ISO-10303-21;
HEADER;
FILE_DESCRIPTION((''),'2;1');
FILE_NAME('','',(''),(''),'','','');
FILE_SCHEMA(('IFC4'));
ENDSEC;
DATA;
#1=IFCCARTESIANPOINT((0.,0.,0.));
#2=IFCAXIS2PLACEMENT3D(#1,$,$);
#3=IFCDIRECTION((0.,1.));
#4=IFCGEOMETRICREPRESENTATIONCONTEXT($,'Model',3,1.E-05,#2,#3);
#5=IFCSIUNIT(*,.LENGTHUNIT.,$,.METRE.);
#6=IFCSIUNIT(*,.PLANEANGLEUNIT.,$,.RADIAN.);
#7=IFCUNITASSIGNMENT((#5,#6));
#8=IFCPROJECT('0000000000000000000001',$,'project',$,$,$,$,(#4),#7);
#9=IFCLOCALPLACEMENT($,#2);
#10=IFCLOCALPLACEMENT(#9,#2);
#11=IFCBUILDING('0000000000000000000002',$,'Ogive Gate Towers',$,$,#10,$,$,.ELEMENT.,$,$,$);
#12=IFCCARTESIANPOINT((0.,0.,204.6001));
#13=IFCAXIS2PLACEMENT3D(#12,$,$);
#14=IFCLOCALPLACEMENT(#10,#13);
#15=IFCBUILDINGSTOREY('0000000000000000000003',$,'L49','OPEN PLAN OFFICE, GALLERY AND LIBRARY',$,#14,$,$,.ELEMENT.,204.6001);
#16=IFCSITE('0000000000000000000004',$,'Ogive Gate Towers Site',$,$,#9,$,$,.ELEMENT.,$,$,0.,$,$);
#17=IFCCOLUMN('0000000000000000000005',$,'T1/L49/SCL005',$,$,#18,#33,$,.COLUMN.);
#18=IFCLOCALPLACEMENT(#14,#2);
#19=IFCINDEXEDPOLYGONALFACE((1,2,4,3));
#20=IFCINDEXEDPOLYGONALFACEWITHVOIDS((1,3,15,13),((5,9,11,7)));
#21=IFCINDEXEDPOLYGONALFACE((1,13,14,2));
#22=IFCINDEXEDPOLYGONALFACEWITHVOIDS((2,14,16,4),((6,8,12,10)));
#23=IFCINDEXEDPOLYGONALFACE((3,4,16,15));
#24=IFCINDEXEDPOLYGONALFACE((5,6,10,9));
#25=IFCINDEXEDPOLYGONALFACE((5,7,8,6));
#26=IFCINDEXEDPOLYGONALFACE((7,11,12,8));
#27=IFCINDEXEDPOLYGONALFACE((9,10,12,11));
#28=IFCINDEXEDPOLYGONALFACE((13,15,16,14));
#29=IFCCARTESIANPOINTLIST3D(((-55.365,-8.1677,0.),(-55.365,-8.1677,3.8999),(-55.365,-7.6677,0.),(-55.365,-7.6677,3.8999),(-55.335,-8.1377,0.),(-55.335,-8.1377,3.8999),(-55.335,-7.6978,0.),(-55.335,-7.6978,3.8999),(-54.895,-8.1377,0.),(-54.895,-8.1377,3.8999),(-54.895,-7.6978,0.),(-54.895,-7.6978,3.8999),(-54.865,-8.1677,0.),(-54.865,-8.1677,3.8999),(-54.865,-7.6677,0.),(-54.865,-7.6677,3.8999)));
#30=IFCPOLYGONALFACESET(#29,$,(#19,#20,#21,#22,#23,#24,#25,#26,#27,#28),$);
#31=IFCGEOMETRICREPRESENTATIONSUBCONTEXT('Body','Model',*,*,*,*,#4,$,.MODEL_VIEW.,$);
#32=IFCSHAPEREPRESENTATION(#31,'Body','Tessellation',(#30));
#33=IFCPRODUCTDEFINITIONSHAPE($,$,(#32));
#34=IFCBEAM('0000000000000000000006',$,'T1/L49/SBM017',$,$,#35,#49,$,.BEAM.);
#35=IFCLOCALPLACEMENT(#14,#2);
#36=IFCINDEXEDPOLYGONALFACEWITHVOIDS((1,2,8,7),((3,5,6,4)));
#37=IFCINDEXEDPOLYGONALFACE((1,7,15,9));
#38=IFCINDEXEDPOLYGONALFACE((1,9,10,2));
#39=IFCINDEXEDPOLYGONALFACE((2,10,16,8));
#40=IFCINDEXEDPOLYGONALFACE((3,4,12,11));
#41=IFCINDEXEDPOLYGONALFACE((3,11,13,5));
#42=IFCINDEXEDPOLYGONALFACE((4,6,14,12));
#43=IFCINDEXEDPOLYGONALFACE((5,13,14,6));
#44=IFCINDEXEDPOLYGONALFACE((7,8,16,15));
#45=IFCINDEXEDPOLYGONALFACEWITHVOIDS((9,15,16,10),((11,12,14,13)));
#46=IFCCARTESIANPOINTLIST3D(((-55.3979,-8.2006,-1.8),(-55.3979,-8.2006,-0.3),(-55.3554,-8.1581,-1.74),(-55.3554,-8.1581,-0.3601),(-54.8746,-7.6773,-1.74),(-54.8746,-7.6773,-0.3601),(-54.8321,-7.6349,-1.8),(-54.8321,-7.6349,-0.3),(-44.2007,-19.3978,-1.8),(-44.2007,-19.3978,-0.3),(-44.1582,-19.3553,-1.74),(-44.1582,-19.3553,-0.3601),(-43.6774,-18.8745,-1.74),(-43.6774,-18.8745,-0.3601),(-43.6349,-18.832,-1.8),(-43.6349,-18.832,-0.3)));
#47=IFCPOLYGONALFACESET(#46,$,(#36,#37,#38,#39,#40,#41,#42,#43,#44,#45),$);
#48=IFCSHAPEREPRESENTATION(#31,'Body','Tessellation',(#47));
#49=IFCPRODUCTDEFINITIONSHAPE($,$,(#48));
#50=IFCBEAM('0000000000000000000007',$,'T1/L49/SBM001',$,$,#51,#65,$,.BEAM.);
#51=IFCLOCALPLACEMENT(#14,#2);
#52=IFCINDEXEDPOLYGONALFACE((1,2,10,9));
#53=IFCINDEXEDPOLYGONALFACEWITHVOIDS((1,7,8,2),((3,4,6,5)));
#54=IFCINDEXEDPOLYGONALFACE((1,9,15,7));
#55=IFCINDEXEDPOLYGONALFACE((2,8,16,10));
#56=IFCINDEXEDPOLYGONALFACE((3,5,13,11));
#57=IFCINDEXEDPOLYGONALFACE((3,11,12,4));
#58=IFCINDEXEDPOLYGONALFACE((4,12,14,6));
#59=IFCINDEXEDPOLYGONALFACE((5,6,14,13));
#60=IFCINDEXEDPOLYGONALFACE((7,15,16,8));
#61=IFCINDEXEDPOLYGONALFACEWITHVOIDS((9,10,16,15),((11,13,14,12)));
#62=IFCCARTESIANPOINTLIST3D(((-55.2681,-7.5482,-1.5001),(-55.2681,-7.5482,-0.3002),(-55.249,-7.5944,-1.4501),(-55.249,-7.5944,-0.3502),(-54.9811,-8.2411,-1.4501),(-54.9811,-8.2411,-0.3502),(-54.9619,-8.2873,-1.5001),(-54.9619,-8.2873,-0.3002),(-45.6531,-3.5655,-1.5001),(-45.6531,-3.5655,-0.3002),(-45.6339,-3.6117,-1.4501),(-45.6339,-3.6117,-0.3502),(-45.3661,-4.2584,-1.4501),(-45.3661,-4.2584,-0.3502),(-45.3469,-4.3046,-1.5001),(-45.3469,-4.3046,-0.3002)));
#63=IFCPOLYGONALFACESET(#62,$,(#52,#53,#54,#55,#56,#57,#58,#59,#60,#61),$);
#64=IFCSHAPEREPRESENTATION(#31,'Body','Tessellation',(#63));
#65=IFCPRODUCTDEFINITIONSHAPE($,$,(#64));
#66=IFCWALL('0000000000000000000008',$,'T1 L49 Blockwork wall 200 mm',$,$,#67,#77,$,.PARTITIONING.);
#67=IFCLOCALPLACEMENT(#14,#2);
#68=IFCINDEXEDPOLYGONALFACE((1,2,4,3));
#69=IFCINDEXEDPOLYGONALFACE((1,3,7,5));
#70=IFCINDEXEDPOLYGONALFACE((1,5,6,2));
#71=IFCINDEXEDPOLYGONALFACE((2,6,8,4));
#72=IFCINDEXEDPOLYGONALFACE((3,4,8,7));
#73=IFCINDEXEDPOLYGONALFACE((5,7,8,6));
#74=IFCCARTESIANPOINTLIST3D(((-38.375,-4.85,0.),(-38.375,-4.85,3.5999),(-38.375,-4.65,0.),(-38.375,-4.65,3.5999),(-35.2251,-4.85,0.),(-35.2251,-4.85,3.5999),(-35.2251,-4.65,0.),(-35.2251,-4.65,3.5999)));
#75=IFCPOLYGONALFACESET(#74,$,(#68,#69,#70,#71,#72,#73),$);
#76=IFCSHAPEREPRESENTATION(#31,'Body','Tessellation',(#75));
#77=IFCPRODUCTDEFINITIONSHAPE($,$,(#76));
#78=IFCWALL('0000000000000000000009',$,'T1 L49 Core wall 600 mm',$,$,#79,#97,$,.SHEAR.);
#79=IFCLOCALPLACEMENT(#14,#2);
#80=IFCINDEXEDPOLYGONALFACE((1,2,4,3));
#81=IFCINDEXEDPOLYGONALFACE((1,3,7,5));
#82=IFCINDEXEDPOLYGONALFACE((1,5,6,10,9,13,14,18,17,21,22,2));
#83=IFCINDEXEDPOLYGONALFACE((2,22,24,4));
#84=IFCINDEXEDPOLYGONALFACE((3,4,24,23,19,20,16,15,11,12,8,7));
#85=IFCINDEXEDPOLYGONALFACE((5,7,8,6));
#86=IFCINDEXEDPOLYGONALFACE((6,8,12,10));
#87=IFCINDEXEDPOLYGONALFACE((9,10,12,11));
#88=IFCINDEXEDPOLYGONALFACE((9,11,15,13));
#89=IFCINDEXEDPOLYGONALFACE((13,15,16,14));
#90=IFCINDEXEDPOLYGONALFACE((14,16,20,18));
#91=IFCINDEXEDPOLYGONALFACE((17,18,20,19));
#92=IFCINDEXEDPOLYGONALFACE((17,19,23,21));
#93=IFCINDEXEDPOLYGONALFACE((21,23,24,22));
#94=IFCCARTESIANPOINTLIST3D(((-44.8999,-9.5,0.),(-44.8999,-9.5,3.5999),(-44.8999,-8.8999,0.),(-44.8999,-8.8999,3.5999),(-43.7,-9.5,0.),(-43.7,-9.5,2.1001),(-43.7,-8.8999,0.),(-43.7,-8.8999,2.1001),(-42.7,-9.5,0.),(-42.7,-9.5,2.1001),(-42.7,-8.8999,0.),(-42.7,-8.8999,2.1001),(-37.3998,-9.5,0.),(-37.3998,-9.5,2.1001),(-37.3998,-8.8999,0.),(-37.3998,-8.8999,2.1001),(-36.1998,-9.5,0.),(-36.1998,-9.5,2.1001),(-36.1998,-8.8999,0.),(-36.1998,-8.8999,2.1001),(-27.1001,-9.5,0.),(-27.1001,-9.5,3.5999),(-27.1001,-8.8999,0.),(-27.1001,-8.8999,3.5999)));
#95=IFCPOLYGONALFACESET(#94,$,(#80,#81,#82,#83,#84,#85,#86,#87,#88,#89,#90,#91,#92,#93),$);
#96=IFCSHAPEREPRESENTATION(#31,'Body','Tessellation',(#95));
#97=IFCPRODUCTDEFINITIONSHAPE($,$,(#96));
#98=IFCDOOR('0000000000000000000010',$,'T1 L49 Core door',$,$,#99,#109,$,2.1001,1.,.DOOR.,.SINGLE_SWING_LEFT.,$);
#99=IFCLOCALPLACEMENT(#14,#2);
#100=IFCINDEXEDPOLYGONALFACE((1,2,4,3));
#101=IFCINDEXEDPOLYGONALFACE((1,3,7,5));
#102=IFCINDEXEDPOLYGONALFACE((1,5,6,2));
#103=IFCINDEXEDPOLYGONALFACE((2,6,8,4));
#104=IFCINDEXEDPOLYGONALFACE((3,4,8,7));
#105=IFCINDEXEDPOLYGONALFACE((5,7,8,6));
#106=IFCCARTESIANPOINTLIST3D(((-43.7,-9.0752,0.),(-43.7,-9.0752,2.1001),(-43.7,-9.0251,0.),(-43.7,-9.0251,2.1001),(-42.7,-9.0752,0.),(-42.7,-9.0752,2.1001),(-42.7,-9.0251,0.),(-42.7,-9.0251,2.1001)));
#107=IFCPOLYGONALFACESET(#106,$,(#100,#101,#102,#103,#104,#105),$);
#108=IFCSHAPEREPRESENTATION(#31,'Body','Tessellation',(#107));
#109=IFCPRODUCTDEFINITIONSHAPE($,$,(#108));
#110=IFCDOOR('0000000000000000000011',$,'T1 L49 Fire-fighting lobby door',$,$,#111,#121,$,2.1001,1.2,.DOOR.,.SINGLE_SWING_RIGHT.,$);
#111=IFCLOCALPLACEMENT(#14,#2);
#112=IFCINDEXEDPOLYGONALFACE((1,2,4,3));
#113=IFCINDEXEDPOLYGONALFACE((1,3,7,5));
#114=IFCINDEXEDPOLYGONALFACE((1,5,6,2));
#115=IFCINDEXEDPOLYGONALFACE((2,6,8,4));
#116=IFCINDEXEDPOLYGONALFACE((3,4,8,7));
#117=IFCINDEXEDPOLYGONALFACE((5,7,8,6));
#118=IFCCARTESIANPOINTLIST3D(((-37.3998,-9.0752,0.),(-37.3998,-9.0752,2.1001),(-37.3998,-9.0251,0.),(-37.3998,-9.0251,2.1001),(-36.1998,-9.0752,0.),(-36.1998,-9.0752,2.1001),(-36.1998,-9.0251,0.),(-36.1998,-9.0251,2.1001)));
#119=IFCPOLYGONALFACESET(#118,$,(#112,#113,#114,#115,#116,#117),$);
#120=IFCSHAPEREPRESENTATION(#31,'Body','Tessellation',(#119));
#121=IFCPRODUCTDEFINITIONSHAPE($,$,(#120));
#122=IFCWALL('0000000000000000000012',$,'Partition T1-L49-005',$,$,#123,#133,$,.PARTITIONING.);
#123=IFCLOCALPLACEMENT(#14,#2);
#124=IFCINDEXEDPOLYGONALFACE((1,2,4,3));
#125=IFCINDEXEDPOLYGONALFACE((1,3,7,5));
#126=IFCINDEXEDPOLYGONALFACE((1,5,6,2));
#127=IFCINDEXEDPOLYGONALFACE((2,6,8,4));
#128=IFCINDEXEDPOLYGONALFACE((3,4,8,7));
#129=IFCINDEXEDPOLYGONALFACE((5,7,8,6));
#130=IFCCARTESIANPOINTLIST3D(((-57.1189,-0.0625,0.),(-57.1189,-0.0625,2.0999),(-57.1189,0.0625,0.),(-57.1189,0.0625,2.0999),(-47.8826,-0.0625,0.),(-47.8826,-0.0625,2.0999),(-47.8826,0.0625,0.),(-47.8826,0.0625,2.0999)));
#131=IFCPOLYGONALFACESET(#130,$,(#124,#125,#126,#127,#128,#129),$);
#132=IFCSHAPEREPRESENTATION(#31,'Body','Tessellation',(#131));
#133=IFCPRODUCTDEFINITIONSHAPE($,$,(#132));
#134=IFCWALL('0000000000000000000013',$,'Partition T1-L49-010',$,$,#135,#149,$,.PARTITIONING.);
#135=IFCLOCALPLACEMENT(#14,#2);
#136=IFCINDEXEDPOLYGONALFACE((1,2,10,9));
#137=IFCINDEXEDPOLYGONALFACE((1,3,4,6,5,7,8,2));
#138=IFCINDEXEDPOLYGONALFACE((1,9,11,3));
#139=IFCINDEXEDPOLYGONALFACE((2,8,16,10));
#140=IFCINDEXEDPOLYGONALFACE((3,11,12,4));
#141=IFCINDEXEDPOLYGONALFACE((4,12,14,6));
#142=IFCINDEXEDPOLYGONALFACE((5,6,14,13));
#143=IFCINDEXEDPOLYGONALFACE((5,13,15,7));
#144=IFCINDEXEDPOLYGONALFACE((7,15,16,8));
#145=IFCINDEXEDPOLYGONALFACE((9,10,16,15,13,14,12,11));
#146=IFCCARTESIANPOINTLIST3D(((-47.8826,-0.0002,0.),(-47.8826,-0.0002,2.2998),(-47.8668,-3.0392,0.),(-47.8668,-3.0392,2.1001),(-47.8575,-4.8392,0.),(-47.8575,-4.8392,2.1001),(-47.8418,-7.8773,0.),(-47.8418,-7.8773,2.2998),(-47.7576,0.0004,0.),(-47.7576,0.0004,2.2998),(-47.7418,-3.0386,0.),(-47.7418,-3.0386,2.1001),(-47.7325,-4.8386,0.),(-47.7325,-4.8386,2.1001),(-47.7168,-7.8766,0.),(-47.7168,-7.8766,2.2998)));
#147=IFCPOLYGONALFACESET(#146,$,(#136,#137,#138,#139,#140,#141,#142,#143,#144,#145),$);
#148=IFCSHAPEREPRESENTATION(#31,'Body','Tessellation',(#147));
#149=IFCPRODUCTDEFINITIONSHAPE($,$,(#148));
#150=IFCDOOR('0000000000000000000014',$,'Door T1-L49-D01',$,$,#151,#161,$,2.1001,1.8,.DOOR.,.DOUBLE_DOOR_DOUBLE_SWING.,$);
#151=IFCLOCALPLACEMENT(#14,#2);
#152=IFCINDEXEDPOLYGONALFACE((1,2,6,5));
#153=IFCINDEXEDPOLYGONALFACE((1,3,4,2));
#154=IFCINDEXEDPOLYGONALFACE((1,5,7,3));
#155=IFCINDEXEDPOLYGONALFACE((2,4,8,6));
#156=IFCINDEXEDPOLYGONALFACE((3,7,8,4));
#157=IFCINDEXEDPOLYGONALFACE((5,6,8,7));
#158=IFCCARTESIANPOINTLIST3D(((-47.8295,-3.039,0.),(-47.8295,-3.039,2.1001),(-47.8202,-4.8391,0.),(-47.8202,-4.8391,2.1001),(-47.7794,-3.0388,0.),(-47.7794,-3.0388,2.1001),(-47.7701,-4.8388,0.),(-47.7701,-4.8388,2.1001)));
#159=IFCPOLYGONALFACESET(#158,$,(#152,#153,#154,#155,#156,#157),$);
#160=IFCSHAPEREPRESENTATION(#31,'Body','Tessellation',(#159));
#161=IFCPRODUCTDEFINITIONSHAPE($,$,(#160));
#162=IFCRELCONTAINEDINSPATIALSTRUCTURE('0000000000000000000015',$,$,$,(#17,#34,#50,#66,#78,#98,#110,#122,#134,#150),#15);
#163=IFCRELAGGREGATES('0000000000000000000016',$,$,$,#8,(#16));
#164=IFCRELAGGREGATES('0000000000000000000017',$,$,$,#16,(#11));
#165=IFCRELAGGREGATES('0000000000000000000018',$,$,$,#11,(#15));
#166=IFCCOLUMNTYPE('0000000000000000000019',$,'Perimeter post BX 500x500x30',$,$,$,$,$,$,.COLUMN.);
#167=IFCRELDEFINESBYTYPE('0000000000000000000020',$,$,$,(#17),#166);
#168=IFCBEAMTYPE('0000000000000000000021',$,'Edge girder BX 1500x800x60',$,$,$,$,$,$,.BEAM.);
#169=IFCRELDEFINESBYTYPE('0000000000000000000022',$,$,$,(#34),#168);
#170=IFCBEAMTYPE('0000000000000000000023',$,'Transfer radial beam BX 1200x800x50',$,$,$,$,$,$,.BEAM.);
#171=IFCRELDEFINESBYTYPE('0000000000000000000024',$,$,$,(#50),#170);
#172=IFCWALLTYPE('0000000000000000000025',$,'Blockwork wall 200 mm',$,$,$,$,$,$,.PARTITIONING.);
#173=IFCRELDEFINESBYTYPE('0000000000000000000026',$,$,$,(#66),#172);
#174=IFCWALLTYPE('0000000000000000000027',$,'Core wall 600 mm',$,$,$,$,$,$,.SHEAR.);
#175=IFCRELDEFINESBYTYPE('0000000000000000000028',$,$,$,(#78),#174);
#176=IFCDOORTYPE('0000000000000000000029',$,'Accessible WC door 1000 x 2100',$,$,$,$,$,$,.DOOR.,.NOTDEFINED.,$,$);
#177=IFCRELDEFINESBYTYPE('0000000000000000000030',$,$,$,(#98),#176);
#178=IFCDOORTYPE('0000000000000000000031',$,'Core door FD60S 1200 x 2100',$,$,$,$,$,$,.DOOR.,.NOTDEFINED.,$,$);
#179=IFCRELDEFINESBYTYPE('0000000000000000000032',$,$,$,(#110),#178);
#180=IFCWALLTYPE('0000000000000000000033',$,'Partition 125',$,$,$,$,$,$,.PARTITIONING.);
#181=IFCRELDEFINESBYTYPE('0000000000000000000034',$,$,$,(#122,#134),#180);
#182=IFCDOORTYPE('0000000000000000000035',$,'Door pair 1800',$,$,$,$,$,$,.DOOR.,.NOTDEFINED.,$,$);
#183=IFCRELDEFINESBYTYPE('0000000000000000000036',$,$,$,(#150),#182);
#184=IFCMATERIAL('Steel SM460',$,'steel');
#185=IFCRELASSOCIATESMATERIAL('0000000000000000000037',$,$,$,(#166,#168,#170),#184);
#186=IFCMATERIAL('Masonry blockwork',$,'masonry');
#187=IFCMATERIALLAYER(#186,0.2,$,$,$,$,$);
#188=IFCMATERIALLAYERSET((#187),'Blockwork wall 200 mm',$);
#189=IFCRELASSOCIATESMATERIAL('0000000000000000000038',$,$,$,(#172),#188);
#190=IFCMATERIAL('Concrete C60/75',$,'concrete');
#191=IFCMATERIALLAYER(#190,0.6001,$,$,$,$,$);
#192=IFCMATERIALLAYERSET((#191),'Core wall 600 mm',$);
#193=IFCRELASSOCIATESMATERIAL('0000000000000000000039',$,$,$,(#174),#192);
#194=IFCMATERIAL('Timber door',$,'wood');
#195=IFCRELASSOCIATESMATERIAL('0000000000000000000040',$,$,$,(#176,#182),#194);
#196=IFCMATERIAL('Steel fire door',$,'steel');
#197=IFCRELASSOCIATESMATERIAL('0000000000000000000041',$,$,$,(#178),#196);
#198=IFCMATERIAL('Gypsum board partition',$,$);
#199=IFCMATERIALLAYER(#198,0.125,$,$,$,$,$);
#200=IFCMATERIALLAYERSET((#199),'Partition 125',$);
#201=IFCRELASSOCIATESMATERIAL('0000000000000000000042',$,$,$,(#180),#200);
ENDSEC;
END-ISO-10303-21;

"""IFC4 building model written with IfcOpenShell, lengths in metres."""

from ifc_helpers import new_model, si_unit, direction, frame, frame_2d, origin, origin_2d, place, context, subcontext, project, spatial, rectangle, hollow_rectangle, extrude, material, layer, layer_set, material_profile, profile_set, type_object, element, fill, save


model = new_model("IFC4")

# Units and contexts
model_context = context("Model", 3, precision=1e-05, world=origin(), true_north=direction((0.0, 1.0)))
body_context = subcontext(model_context, "Body", "Model", "MODEL_VIEW")
ifc_project = project(units=[si_unit("LENGTHUNIT", "METRE"), si_unit("PLANEANGLEUNIT", "RADIAN")], contexts=[model_context])

# Site, building, storey
site_placement = place(None, origin())
site = spatial("IfcSite", under=ifc_project, at=site_placement, Name="Ogive Gate Towers Site", CompositionType="ELEMENT", RefElevation=0.0)
building_placement = place(site_placement, origin())
building = spatial("IfcBuilding", under=site, at=building_placement, Name="Ogive Gate Towers", CompositionType="ELEMENT")
storey_placement = place(building_placement, frame((0.0, 0.0, 204.6001)))
storey = spatial("IfcBuildingStorey", under=building, at=storey_placement, Name="L49", Description="OPEN PLAN OFFICE, GALLERY AND LIBRARY", CompositionType="ELEMENT", Elevation=204.6001)

# Column
ifc_material_1 = material(Name="Steel SM460", Category="steel")
ifc_material_profile_1 = material_profile(ifc_material_1, hollow_rectangle(XDim=0.5, YDim=0.5, WallThickness=0.03, at=origin_2d()), Name="BX 500x500x30")
ifc_profile_set_1 = profile_set([ifc_material_profile_1], Name="Steel SM460")
column_type = type_object("IfcColumnType", Name="Perimeter post BX 500x500x30", PredefinedType="COLUMN", material=ifc_profile_set_1)
column_placement = place(storey_placement, frame((-55.115, -7.9177, 0.0), z_axis=(0.0, 0.0, 1.0), x_axis=(1.0, 0.0, 0.0)))
element("IfcColumn", 1, at=column_placement, inside=storey, type_object=column_type, Name="T1/L49/SCL005", PredefinedType="COLUMN", context=body_context, shape_type="SweptSolid", body=[
    extrude(hollow_rectangle(XDim=0.5, YDim=0.5, WallThickness=0.03, at=origin_2d()), origin(), (0.0, 0.0, 1.0), 3.8999),
])

# Beams
ifc_material_profile_2 = material_profile(ifc_material_1, hollow_rectangle(XDim=0.8, YDim=1.5, WallThickness=0.0601, at=origin_2d()), Name="BX 1500x800x60")
ifc_profile_set_2 = profile_set([ifc_material_profile_2], Name="Steel SM460")
beam_type_1 = type_object("IfcBeamType", Name="Edge girder BX 1500x800x60", PredefinedType="BEAM", material=ifc_profile_set_2)
beam_1_placement = place(storey_placement, frame((-55.115, -7.9177, -1.05), z_axis=(0.707107, -0.707107, 0.0), x_axis=(0.707107, 0.707107, 0.0)))
element("IfcBeam", 2, at=beam_1_placement, inside=storey, type_object=beam_type_1, Name="T1/L49/SBM017", PredefinedType="BEAM", context=body_context, shape_type="SweptSolid", body=[
    extrude(hollow_rectangle(XDim=0.8, YDim=1.5, WallThickness=0.0601, at=origin_2d()), origin(), (0.0, 0.0, 1.0), 15.8352),
])
ifc_material_profile_3 = material_profile(ifc_material_1, hollow_rectangle(XDim=0.8, YDim=1.2, WallThickness=0.05, at=origin_2d()), Name="BX 1200x800x50")
ifc_profile_set_3 = profile_set([ifc_material_profile_3], Name="Steel SM460")
beam_type_2 = type_object("IfcBeamType", Name="Transfer radial beam BX 1200x800x50", PredefinedType="BEAM", material=ifc_profile_set_3)
beam_2_placement = place(storey_placement, frame((-45.5, -3.9351, -0.9001), z_axis=(-0.923879, -0.382684, 0.0), x_axis=(0.382684, -0.923879, 0.0)))
element("IfcBeam", 3, at=beam_2_placement, inside=storey, type_object=beam_type_2, Name="T1/L49/SBM001", PredefinedType="BEAM", context=body_context, shape_type="SweptSolid", body=[
    extrude(hollow_rectangle(XDim=0.8, YDim=1.2, WallThickness=0.05, at=origin_2d()), origin(), (0.0, 0.0, 1.0), 10.4072),
])

# Wall
ifc_material_2 = material(Name="Masonry blockwork", Category="masonry")
ifc_layer_1 = layer(ifc_material_2, 0.2)
ifc_layer_set_1 = layer_set([ifc_layer_1], Name="Blockwork wall 200 mm")
wall_type_1 = type_object("IfcWallType", Name="Blockwork wall 200 mm", PredefinedType="PARTITIONING", material=ifc_layer_set_1)
wall_1_placement = place(storey_placement, frame((-38.375, -4.75, 0.0), z_axis=(0.0, 0.0, 1.0), x_axis=(1.0, 0.0, 0.0)))
element("IfcWall", 4, at=wall_1_placement, inside=storey, type_object=wall_type_1, Name="T1 L49 Blockwork wall 200 mm", PredefinedType="PARTITIONING", context=body_context, shape_type="SweptSolid", body=[
    extrude(rectangle(XDim=3.1499, YDim=0.2, at=frame_2d((1.575, 0.0))), origin(), (0.0, 0.0, 1.0), 3.5999),
])

# Wall, openings, doors
ifc_material_3 = material(Name="Concrete C60/75", Category="concrete")
ifc_layer_2 = layer(ifc_material_3, 0.6001)
ifc_layer_set_2 = layer_set([ifc_layer_2], Name="Core wall 600 mm")
wall_type_2 = type_object("IfcWallType", Name="Core wall 600 mm", PredefinedType="SHEAR", material=ifc_layer_set_2)
wall_2_placement = place(storey_placement, frame((-44.8999, -9.2, 0.0), z_axis=(0.0, 0.0, 1.0), x_axis=(1.0, 0.0, 0.0)))
wall_2 = element("IfcWall", 5, at=wall_2_placement, inside=storey, type_object=wall_type_2, Name="T1 L49 Core wall 600 mm", PredefinedType="SHEAR", context=body_context, shape_type="SweptSolid", body=[
    extrude(rectangle(XDim=17.7998, YDim=0.6001, at=frame_2d((8.8999, 0.0))), origin(), (0.0, 0.0, 1.0), 3.5999),
])
opening_1_placement = place(wall_2_placement, frame((7.5, 0.0, 0.0)))
opening_1 = element("IfcOpeningElement", 6, at=opening_1_placement, cuts=wall_2, PredefinedType="OPENING", context=body_context, shape_type="SweptSolid", body=[
    extrude(rectangle(XDim=1.2, YDim=2.1001, at=frame_2d((0.6001, 1.05))), frame((0.0, 0.3101, 0.0), z_axis=(0.0, -1.0, 0.0), x_axis=(1.0, 0.0, 0.0)), (0.0, 0.0, 1.0), 0.6201),
])
opening_2_placement = place(wall_2_placement, frame((1.2, 0.0, 0.0)))
opening_2 = element("IfcOpeningElement", 7, at=opening_2_placement, cuts=wall_2, PredefinedType="OPENING", context=body_context, shape_type="SweptSolid", body=[
    extrude(rectangle(XDim=1.0, YDim=2.1001, at=frame_2d((0.5, 1.05))), frame((0.0, 0.3101, 0.0), z_axis=(0.0, -1.0, 0.0), x_axis=(1.0, 0.0, 0.0)), (0.0, 0.0, 1.0), 0.6201),
])
ifc_material_4 = material(Name="Timber door", Category="wood")
door_type_1 = type_object("IfcDoorType", Name="Accessible WC door 1000 x 2100", OperationType="NOTDEFINED", PredefinedType="DOOR", material=ifc_material_4)
door_1_placement = place(opening_2_placement, origin())
door_1 = element("IfcDoor", 8, at=door_1_placement, inside=storey, type_object=door_type_1, Name="T1 L49 Core door", OperationType="SINGLE_SWING_LEFT", OverallHeight=2.1001, OverallWidth=1.0, PredefinedType="DOOR", context=body_context, shape_type="SweptSolid", body=[
    extrude(rectangle(XDim=1.0, YDim=2.1001, at=frame_2d((0.5, 1.05))), frame((0.0, 0.1748, 0.0), z_axis=(0.0, -1.0, 0.0), x_axis=(1.0, 0.0, 0.0)), (0.0, 0.0, 1.0), 0.05),
])
fill(opening_2, door_1)
ifc_material_5 = material(Name="Steel fire door", Category="steel")
door_type_2 = type_object("IfcDoorType", Name="Core door FD60S 1200 x 2100", OperationType="NOTDEFINED", PredefinedType="DOOR", material=ifc_material_5)
door_2_placement = place(opening_1_placement, origin())
door_2 = element("IfcDoor", 9, at=door_2_placement, inside=storey, type_object=door_type_2, Name="T1 L49 Fire-fighting lobby door", OperationType="SINGLE_SWING_RIGHT", OverallHeight=2.1001, OverallWidth=1.2, PredefinedType="DOOR", context=body_context, shape_type="SweptSolid", body=[
    extrude(rectangle(XDim=1.2, YDim=2.1001, at=frame_2d((0.6001, 1.05))), frame((0.0, 0.1748, 0.0), z_axis=(0.0, -1.0, 0.0), x_axis=(1.0, 0.0, 0.0)), (0.0, 0.0, 1.0), 0.05),
])
fill(opening_1, door_2)

# Wall
ifc_material_6 = material(Name="Gypsum board partition")
ifc_layer_3 = layer(ifc_material_6, 0.125)
ifc_layer_set_3 = layer_set([ifc_layer_3], Name="Partition 125")
wall_type_3 = type_object("IfcWallType", Name="Partition 125", PredefinedType="PARTITIONING", material=ifc_layer_set_3)
wall_3_placement = place(storey_placement, frame((-57.1189, 0.0, 0.0), z_axis=(0.0, 0.0, 1.0), x_axis=(1.0, 0.0, 0.0)))
element("IfcWall", 10, at=wall_3_placement, inside=storey, type_object=wall_type_3, Name="Partition T1-L49-005", PredefinedType="PARTITIONING", context=body_context, shape_type="SweptSolid", body=[
    extrude(rectangle(XDim=9.2363, YDim=0.125, at=frame_2d((4.6182, 0.0))), origin(), (0.0, 0.0, 1.0), 2.0999),
])

# Wall, opening, door
wall_4_placement = place(storey_placement, frame((-47.8201, 0.0, 0.0), z_axis=(0.0, 0.0, 1.0), x_axis=(0.005176, -0.999987, 0.0)))
wall_4 = element("IfcWall", 11, at=wall_4_placement, inside=storey, type_object=wall_type_3, Name="Partition T1-L49-010", PredefinedType="PARTITIONING", context=body_context, shape_type="SweptSolid", body=[
    extrude(rectangle(XDim=7.8772, YDim=0.125, at=frame_2d((3.9385, 0.0))), origin(), (0.0, 0.0, 1.0), 2.2998),
])
opening_3_placement = place(wall_4_placement, frame((3.0391, 0.0, 0.0)))
opening_3 = element("IfcOpeningElement", 12, at=opening_3_placement, cuts=wall_4, PredefinedType="OPENING", context=body_context, shape_type="SweptSolid", body=[
    extrude(rectangle(XDim=1.8, YDim=2.1001, at=frame_2d((0.8999, 1.05))), frame((0.0, 0.0725, 0.0), z_axis=(0.0, -1.0, 0.0), x_axis=(1.0, 0.0, 0.0)), (0.0, 0.0, 1.0), 0.145),
])
door_type_3 = type_object("IfcDoorType", Name="Door pair 1800", OperationType="NOTDEFINED", PredefinedType="DOOR", material=ifc_material_4)
door_3_placement = place(opening_3_placement, origin())
door_3 = element("IfcDoor", 13, at=door_3_placement, inside=storey, type_object=door_type_3, Name="Door T1-L49-D01", OperationType="DOUBLE_DOOR_DOUBLE_SWING", OverallHeight=2.1001, OverallWidth=1.8, PredefinedType="DOOR", context=body_context, shape_type="SweptSolid", body=[
    extrude(rectangle(XDim=1.8, YDim=2.1001, at=frame_2d((0.8999, 1.05))), frame((0.0, 0.0249, 0.0), z_axis=(0.0, -1.0, 0.0), x_axis=(1.0, 0.0, 0.0)), (0.0, 0.0, 1.0), 0.05),
])
fill(opening_3, door_3)

save(model, "model.ifc")
